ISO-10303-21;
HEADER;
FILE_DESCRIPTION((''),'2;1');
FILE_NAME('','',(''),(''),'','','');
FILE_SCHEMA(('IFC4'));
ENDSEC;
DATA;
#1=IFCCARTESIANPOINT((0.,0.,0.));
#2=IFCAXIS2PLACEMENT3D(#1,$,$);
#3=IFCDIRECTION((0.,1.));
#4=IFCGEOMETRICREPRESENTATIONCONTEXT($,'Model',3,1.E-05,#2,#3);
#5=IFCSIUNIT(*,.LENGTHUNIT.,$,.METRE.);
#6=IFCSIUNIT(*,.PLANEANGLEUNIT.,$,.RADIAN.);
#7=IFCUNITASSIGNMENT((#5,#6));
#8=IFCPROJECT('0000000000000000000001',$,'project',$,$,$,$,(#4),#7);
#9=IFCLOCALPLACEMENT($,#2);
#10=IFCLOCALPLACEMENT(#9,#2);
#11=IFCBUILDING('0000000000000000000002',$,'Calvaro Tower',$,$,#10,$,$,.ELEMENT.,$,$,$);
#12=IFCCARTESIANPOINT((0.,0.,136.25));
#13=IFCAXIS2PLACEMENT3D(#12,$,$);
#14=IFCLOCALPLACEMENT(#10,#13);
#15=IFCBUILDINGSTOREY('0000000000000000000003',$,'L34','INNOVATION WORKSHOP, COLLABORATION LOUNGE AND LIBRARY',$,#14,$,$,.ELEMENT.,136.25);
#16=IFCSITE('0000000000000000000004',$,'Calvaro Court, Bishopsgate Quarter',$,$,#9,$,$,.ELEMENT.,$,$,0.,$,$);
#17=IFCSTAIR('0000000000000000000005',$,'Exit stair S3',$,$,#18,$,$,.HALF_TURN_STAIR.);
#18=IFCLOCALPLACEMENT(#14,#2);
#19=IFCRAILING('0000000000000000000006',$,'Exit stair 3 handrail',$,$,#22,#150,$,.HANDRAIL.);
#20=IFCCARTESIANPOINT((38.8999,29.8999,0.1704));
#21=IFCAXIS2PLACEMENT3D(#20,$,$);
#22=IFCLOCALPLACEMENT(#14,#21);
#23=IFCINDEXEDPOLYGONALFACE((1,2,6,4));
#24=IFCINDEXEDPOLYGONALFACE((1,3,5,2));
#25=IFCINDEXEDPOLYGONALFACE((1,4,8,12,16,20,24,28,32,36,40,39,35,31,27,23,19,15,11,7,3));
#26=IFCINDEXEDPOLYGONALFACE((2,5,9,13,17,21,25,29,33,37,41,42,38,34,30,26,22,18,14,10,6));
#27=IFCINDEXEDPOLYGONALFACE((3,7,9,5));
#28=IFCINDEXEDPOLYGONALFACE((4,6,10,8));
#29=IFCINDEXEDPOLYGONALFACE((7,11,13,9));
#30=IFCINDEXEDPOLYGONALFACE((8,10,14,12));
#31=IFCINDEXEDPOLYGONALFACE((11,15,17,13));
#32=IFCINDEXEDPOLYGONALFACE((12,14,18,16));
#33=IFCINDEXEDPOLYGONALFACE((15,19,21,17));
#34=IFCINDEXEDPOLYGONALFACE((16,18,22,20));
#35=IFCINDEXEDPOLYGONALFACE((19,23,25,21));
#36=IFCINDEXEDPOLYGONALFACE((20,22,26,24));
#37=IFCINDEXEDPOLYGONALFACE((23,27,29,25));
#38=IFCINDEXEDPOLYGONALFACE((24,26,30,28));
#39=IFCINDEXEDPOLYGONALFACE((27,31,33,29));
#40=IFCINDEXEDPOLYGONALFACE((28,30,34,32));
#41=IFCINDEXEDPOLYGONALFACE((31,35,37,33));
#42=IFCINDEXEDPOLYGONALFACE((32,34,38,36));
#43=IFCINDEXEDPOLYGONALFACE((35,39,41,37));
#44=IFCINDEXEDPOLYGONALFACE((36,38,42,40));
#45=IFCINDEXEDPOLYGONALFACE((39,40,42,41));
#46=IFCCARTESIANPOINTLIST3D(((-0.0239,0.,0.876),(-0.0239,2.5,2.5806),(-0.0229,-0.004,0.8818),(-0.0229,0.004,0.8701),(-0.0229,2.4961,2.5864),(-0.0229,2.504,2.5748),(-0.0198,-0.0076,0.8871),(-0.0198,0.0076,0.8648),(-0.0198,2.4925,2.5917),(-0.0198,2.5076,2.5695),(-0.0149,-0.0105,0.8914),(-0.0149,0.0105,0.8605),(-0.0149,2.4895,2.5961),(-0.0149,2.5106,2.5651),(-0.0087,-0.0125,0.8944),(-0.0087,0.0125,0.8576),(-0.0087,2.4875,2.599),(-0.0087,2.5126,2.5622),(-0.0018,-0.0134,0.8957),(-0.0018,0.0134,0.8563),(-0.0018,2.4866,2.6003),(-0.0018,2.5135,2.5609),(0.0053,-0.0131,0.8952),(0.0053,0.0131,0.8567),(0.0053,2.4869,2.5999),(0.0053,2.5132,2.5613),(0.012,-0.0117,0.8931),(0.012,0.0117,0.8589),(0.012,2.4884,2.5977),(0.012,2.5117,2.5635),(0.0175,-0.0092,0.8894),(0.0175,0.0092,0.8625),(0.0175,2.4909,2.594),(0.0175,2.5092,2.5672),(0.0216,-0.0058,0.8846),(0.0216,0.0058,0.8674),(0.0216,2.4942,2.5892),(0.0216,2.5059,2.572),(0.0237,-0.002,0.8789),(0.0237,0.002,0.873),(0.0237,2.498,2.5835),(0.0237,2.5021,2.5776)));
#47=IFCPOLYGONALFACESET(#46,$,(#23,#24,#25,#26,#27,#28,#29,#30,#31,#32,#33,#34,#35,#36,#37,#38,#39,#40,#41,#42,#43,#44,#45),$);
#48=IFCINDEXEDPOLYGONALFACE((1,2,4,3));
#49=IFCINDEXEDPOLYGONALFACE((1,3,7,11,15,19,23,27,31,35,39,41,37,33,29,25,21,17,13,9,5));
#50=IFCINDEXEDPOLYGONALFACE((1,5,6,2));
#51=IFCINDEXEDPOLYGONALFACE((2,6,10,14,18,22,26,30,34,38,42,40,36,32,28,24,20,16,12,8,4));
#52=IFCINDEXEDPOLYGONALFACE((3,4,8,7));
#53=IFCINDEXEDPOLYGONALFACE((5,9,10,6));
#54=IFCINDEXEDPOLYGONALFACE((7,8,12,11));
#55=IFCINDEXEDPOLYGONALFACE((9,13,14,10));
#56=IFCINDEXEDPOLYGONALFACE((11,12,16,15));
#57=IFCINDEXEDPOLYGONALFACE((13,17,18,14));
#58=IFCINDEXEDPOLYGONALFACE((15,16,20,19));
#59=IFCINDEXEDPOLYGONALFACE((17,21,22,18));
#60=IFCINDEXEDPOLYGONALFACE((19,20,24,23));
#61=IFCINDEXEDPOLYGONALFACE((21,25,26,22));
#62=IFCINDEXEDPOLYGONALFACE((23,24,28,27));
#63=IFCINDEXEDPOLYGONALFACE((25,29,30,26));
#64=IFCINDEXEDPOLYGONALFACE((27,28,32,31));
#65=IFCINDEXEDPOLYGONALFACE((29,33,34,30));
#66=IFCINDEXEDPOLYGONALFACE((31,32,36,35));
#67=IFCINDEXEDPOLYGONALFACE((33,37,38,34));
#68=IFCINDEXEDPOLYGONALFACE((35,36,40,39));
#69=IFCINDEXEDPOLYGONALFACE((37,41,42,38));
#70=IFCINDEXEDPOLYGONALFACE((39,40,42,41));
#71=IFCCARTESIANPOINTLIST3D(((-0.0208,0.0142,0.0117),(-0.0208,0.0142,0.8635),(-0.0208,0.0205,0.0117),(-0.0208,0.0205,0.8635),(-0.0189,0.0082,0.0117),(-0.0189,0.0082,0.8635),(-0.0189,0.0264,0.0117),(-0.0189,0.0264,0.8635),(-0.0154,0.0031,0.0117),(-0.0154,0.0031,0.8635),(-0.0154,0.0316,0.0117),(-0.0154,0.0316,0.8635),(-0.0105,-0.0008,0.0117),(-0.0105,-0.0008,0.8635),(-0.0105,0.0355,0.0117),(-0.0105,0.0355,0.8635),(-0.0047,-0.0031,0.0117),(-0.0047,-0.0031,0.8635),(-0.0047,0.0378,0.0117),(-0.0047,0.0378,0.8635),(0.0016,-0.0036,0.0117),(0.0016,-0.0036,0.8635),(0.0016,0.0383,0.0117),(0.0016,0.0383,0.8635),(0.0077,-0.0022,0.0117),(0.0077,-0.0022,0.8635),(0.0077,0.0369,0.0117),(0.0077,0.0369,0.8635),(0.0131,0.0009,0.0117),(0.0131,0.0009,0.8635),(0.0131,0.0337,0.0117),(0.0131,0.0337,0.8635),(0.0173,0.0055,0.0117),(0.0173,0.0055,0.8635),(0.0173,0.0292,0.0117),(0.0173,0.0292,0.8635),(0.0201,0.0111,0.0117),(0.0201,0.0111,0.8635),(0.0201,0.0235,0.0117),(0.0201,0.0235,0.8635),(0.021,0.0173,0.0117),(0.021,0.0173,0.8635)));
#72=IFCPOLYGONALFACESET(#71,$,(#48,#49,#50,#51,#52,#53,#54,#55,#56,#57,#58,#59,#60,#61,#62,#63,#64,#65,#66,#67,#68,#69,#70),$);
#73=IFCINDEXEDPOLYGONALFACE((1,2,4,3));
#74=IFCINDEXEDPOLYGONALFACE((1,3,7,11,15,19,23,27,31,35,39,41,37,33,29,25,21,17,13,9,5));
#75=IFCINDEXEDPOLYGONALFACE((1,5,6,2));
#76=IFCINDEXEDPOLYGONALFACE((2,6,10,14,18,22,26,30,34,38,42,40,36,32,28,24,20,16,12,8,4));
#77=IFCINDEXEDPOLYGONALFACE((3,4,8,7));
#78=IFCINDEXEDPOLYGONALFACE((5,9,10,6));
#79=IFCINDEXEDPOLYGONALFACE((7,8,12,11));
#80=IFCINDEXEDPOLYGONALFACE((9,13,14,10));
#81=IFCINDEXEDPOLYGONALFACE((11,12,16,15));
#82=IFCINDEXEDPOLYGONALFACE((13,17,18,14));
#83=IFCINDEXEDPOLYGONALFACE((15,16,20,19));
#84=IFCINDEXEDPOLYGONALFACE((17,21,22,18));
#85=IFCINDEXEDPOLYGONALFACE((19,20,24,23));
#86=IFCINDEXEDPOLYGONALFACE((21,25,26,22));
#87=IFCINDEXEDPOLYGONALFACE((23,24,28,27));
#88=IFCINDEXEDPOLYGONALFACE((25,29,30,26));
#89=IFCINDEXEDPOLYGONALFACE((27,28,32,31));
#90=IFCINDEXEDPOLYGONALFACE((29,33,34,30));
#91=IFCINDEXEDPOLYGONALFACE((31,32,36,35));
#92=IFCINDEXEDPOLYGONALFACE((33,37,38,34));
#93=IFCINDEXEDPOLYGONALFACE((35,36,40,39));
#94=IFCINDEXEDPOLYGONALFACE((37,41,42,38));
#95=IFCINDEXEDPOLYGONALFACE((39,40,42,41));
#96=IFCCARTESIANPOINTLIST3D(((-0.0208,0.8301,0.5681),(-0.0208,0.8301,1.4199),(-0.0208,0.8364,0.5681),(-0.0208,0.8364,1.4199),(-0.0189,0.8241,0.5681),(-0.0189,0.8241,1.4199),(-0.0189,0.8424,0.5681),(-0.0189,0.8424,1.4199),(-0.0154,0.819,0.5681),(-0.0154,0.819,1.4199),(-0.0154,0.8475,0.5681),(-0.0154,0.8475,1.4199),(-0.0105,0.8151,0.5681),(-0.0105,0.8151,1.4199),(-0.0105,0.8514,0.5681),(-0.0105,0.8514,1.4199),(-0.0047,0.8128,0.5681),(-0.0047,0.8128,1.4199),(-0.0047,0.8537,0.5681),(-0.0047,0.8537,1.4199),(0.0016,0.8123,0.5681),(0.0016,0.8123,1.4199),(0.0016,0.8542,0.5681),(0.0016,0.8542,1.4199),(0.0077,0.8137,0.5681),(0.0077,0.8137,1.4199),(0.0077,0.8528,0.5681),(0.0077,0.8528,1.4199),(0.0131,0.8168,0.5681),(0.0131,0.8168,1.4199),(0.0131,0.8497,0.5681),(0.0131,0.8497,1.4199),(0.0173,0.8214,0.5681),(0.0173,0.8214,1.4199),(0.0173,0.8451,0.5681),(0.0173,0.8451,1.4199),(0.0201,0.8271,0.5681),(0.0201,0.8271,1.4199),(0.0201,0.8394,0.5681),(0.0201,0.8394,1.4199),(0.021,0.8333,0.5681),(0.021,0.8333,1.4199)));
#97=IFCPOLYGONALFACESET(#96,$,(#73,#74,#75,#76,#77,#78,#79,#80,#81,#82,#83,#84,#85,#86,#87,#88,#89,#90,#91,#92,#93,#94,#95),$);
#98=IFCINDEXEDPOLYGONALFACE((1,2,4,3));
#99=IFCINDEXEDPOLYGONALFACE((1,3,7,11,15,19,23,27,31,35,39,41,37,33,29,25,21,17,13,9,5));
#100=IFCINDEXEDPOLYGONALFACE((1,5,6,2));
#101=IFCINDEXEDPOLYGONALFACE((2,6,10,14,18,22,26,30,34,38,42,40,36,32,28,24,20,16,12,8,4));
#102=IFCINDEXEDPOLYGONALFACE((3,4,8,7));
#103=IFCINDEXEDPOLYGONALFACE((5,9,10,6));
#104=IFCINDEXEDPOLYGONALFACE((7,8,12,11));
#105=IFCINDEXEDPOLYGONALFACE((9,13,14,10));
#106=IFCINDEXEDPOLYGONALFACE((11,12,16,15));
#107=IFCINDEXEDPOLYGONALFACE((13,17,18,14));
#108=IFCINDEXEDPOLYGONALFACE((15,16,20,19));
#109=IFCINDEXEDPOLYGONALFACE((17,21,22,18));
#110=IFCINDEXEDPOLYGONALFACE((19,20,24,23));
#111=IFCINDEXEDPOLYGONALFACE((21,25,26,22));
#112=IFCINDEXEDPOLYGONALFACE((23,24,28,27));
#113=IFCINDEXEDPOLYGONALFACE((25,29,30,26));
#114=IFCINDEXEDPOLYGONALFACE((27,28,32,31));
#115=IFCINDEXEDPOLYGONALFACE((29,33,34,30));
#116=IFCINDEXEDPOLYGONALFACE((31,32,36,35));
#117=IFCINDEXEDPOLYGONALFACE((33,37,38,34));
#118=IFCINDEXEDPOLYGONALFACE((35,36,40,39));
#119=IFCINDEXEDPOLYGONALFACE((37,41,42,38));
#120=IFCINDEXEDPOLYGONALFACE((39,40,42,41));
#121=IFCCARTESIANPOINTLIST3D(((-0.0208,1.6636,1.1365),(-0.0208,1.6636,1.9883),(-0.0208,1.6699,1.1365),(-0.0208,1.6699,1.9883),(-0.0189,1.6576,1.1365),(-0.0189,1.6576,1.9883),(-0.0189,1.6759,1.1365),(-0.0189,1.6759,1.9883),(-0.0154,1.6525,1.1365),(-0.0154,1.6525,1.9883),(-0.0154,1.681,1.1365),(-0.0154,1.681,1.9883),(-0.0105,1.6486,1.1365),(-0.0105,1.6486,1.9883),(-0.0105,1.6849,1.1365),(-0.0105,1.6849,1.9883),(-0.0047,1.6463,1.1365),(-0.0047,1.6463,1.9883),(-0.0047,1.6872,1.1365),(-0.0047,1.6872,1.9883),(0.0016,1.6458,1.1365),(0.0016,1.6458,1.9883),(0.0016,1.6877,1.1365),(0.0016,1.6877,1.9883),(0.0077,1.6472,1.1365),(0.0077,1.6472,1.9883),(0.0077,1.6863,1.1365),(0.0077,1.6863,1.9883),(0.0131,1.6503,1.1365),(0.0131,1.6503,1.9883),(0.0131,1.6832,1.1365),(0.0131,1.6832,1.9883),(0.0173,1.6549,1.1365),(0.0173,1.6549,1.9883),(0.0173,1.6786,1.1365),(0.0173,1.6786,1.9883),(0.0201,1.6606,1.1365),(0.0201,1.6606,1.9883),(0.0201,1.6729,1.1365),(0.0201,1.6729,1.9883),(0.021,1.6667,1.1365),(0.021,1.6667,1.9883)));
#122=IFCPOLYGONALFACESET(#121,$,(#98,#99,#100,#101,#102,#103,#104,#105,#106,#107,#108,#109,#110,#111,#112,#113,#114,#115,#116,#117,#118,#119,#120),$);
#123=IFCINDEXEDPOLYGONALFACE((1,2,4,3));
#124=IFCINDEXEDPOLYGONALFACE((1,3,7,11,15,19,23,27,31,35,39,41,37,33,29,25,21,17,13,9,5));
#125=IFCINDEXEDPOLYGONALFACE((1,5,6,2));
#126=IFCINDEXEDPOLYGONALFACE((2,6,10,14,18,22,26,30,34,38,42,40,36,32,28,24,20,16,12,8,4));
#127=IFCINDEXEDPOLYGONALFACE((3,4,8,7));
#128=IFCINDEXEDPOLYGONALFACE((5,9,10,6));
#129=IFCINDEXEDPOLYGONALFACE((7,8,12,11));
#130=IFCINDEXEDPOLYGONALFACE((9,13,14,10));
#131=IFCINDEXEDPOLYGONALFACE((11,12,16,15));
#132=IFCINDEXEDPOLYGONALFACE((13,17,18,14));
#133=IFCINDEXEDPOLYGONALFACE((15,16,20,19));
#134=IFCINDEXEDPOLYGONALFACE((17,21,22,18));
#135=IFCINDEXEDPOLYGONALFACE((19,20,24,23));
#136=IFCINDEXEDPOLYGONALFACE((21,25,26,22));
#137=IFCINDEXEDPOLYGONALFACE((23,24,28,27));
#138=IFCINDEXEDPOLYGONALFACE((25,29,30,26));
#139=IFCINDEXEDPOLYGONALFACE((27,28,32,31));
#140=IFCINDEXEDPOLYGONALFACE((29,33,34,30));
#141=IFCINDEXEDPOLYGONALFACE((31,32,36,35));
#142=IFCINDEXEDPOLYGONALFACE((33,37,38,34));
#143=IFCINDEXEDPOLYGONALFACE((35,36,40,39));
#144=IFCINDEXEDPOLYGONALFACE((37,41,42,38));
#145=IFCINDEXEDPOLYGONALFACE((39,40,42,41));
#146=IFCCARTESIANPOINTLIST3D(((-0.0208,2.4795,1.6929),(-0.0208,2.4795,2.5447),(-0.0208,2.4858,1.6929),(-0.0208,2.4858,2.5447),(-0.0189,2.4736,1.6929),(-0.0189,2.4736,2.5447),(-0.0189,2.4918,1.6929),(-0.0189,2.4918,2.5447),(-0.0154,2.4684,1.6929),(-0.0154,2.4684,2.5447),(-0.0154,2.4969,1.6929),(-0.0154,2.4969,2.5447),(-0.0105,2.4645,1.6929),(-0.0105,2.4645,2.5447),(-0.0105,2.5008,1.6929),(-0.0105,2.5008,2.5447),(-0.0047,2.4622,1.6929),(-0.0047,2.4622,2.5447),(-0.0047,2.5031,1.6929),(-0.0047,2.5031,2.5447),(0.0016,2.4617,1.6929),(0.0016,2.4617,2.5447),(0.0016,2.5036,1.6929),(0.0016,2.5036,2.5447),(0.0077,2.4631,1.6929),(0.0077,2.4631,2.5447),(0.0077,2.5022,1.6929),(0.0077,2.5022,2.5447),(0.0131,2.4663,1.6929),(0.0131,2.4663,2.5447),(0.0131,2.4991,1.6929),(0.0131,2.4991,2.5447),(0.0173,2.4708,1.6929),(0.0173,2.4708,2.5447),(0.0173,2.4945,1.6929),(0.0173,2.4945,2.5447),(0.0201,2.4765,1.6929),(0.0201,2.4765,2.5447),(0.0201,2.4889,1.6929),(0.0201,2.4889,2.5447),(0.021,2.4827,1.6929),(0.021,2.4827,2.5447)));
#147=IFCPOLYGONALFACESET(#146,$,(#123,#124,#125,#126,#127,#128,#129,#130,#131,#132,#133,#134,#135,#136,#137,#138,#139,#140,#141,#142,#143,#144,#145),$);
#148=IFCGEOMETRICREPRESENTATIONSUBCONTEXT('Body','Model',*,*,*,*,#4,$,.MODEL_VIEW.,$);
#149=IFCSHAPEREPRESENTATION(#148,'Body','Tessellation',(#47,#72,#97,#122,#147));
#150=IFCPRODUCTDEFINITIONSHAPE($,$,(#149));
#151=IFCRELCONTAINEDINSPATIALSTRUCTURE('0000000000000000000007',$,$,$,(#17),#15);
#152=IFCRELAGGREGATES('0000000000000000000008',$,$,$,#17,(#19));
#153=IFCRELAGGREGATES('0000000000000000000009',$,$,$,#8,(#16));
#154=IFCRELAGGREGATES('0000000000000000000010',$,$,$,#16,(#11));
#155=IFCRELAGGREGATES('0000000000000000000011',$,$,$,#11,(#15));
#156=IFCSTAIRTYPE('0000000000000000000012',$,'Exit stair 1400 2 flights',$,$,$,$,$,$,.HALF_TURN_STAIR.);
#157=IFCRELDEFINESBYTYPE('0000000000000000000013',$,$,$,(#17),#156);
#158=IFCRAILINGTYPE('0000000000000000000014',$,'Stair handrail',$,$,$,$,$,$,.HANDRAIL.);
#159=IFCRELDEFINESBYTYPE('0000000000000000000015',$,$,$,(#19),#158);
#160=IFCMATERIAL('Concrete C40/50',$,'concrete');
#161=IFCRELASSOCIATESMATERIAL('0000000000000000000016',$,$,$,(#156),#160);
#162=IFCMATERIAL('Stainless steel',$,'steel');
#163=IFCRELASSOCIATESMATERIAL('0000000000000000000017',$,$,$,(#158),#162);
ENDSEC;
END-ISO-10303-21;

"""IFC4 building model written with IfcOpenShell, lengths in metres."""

from ifc_helpers import new_model, si_unit, direction, frame, origin, origin_2d, place, context, subcontext, project, spatial, circle, extrude, material, type_object, element, aggregate, save


model = new_model("IFC4")

# Units and contexts
model_context = context("Model", 3, precision=1e-05, world=origin(), true_north=direction((0.0, 1.0)))
body_context = subcontext(model_context, "Body", "Model", "MODEL_VIEW")
ifc_project = project(units=[si_unit("LENGTHUNIT", "METRE"), si_unit("PLANEANGLEUNIT", "RADIAN")], contexts=[model_context])

# Site, building, storey
site_placement = place(None, origin())
site = spatial("IfcSite", under=ifc_project, at=site_placement, Name="Calvaro Court, Bishopsgate Quarter", CompositionType="ELEMENT", RefElevation=0.0)
building_placement = place(site_placement, origin())
building = spatial("IfcBuilding", under=site, at=building_placement, Name="Calvaro Tower", CompositionType="ELEMENT")
storey_placement = place(building_placement, frame((0.0, 0.0, 136.25)))
storey = spatial("IfcBuildingStorey", under=building, at=storey_placement, Name="L34", Description="INNOVATION WORKSHOP, COLLABORATION LOUNGE AND LIBRARY", CompositionType="ELEMENT", Elevation=136.25)

# Stair
ifc_material_1 = material(Name="Concrete C40/50", Category="concrete")
stair_type = type_object("IfcStairType", Name="Exit stair 1400 2 flights", PredefinedType="HALF_TURN_STAIR", material=ifc_material_1)
stair_1_placement = place(storey_placement, origin())
stair_1 = element("IfcStair", 1, at=stair_1_placement, inside=storey, type_object=stair_type, Name="Exit stair S3", PredefinedType="HALF_TURN_STAIR")

# Railing
ifc_material_2 = material(Name="Stainless steel", Category="steel")
railing_type = type_object("IfcRailingType", Name="Stair handrail", PredefinedType="HANDRAIL", material=ifc_material_2)
railing_1_placement = place(storey_placement, frame((38.8999, 29.8999, 0.1704)))
railing_1 = element("IfcRailing", 2, at=railing_1_placement, type_object=railing_type, Name="Exit stair 3 handrail", PredefinedType="HANDRAIL", context=body_context, shape_type="SweptSolid", body=[
    extrude(circle(Radius=0.0239, at=origin_2d()), frame((0.0, 0.0, 0.876), z_axis=(0.0, 0.826221, 0.563347), x_axis=(-1.0, 0.0, 0.0)), (0.0, 0.0, 1.0), 3.0259),
    extrude(circle(Radius=0.021, at=origin_2d()), frame((0.0, 0.0173, 0.0117)), (0.0, 0.0, 1.0), 0.8518),
    extrude(circle(Radius=0.021, at=origin_2d()), frame((0.0, 0.8333, 0.5681)), (0.0, 0.0, 1.0), 0.8518),
    extrude(circle(Radius=0.021, at=origin_2d()), frame((0.0, 1.6667, 1.1365)), (0.0, 0.0, 1.0), 0.8518),
    extrude(circle(Radius=0.021, at=origin_2d()), frame((0.0, 2.4827, 1.6929)), (0.0, 0.0, 1.0), 0.8518),
])
aggregate(stair_1, [railing_1])

save(model, "model.ifc")
